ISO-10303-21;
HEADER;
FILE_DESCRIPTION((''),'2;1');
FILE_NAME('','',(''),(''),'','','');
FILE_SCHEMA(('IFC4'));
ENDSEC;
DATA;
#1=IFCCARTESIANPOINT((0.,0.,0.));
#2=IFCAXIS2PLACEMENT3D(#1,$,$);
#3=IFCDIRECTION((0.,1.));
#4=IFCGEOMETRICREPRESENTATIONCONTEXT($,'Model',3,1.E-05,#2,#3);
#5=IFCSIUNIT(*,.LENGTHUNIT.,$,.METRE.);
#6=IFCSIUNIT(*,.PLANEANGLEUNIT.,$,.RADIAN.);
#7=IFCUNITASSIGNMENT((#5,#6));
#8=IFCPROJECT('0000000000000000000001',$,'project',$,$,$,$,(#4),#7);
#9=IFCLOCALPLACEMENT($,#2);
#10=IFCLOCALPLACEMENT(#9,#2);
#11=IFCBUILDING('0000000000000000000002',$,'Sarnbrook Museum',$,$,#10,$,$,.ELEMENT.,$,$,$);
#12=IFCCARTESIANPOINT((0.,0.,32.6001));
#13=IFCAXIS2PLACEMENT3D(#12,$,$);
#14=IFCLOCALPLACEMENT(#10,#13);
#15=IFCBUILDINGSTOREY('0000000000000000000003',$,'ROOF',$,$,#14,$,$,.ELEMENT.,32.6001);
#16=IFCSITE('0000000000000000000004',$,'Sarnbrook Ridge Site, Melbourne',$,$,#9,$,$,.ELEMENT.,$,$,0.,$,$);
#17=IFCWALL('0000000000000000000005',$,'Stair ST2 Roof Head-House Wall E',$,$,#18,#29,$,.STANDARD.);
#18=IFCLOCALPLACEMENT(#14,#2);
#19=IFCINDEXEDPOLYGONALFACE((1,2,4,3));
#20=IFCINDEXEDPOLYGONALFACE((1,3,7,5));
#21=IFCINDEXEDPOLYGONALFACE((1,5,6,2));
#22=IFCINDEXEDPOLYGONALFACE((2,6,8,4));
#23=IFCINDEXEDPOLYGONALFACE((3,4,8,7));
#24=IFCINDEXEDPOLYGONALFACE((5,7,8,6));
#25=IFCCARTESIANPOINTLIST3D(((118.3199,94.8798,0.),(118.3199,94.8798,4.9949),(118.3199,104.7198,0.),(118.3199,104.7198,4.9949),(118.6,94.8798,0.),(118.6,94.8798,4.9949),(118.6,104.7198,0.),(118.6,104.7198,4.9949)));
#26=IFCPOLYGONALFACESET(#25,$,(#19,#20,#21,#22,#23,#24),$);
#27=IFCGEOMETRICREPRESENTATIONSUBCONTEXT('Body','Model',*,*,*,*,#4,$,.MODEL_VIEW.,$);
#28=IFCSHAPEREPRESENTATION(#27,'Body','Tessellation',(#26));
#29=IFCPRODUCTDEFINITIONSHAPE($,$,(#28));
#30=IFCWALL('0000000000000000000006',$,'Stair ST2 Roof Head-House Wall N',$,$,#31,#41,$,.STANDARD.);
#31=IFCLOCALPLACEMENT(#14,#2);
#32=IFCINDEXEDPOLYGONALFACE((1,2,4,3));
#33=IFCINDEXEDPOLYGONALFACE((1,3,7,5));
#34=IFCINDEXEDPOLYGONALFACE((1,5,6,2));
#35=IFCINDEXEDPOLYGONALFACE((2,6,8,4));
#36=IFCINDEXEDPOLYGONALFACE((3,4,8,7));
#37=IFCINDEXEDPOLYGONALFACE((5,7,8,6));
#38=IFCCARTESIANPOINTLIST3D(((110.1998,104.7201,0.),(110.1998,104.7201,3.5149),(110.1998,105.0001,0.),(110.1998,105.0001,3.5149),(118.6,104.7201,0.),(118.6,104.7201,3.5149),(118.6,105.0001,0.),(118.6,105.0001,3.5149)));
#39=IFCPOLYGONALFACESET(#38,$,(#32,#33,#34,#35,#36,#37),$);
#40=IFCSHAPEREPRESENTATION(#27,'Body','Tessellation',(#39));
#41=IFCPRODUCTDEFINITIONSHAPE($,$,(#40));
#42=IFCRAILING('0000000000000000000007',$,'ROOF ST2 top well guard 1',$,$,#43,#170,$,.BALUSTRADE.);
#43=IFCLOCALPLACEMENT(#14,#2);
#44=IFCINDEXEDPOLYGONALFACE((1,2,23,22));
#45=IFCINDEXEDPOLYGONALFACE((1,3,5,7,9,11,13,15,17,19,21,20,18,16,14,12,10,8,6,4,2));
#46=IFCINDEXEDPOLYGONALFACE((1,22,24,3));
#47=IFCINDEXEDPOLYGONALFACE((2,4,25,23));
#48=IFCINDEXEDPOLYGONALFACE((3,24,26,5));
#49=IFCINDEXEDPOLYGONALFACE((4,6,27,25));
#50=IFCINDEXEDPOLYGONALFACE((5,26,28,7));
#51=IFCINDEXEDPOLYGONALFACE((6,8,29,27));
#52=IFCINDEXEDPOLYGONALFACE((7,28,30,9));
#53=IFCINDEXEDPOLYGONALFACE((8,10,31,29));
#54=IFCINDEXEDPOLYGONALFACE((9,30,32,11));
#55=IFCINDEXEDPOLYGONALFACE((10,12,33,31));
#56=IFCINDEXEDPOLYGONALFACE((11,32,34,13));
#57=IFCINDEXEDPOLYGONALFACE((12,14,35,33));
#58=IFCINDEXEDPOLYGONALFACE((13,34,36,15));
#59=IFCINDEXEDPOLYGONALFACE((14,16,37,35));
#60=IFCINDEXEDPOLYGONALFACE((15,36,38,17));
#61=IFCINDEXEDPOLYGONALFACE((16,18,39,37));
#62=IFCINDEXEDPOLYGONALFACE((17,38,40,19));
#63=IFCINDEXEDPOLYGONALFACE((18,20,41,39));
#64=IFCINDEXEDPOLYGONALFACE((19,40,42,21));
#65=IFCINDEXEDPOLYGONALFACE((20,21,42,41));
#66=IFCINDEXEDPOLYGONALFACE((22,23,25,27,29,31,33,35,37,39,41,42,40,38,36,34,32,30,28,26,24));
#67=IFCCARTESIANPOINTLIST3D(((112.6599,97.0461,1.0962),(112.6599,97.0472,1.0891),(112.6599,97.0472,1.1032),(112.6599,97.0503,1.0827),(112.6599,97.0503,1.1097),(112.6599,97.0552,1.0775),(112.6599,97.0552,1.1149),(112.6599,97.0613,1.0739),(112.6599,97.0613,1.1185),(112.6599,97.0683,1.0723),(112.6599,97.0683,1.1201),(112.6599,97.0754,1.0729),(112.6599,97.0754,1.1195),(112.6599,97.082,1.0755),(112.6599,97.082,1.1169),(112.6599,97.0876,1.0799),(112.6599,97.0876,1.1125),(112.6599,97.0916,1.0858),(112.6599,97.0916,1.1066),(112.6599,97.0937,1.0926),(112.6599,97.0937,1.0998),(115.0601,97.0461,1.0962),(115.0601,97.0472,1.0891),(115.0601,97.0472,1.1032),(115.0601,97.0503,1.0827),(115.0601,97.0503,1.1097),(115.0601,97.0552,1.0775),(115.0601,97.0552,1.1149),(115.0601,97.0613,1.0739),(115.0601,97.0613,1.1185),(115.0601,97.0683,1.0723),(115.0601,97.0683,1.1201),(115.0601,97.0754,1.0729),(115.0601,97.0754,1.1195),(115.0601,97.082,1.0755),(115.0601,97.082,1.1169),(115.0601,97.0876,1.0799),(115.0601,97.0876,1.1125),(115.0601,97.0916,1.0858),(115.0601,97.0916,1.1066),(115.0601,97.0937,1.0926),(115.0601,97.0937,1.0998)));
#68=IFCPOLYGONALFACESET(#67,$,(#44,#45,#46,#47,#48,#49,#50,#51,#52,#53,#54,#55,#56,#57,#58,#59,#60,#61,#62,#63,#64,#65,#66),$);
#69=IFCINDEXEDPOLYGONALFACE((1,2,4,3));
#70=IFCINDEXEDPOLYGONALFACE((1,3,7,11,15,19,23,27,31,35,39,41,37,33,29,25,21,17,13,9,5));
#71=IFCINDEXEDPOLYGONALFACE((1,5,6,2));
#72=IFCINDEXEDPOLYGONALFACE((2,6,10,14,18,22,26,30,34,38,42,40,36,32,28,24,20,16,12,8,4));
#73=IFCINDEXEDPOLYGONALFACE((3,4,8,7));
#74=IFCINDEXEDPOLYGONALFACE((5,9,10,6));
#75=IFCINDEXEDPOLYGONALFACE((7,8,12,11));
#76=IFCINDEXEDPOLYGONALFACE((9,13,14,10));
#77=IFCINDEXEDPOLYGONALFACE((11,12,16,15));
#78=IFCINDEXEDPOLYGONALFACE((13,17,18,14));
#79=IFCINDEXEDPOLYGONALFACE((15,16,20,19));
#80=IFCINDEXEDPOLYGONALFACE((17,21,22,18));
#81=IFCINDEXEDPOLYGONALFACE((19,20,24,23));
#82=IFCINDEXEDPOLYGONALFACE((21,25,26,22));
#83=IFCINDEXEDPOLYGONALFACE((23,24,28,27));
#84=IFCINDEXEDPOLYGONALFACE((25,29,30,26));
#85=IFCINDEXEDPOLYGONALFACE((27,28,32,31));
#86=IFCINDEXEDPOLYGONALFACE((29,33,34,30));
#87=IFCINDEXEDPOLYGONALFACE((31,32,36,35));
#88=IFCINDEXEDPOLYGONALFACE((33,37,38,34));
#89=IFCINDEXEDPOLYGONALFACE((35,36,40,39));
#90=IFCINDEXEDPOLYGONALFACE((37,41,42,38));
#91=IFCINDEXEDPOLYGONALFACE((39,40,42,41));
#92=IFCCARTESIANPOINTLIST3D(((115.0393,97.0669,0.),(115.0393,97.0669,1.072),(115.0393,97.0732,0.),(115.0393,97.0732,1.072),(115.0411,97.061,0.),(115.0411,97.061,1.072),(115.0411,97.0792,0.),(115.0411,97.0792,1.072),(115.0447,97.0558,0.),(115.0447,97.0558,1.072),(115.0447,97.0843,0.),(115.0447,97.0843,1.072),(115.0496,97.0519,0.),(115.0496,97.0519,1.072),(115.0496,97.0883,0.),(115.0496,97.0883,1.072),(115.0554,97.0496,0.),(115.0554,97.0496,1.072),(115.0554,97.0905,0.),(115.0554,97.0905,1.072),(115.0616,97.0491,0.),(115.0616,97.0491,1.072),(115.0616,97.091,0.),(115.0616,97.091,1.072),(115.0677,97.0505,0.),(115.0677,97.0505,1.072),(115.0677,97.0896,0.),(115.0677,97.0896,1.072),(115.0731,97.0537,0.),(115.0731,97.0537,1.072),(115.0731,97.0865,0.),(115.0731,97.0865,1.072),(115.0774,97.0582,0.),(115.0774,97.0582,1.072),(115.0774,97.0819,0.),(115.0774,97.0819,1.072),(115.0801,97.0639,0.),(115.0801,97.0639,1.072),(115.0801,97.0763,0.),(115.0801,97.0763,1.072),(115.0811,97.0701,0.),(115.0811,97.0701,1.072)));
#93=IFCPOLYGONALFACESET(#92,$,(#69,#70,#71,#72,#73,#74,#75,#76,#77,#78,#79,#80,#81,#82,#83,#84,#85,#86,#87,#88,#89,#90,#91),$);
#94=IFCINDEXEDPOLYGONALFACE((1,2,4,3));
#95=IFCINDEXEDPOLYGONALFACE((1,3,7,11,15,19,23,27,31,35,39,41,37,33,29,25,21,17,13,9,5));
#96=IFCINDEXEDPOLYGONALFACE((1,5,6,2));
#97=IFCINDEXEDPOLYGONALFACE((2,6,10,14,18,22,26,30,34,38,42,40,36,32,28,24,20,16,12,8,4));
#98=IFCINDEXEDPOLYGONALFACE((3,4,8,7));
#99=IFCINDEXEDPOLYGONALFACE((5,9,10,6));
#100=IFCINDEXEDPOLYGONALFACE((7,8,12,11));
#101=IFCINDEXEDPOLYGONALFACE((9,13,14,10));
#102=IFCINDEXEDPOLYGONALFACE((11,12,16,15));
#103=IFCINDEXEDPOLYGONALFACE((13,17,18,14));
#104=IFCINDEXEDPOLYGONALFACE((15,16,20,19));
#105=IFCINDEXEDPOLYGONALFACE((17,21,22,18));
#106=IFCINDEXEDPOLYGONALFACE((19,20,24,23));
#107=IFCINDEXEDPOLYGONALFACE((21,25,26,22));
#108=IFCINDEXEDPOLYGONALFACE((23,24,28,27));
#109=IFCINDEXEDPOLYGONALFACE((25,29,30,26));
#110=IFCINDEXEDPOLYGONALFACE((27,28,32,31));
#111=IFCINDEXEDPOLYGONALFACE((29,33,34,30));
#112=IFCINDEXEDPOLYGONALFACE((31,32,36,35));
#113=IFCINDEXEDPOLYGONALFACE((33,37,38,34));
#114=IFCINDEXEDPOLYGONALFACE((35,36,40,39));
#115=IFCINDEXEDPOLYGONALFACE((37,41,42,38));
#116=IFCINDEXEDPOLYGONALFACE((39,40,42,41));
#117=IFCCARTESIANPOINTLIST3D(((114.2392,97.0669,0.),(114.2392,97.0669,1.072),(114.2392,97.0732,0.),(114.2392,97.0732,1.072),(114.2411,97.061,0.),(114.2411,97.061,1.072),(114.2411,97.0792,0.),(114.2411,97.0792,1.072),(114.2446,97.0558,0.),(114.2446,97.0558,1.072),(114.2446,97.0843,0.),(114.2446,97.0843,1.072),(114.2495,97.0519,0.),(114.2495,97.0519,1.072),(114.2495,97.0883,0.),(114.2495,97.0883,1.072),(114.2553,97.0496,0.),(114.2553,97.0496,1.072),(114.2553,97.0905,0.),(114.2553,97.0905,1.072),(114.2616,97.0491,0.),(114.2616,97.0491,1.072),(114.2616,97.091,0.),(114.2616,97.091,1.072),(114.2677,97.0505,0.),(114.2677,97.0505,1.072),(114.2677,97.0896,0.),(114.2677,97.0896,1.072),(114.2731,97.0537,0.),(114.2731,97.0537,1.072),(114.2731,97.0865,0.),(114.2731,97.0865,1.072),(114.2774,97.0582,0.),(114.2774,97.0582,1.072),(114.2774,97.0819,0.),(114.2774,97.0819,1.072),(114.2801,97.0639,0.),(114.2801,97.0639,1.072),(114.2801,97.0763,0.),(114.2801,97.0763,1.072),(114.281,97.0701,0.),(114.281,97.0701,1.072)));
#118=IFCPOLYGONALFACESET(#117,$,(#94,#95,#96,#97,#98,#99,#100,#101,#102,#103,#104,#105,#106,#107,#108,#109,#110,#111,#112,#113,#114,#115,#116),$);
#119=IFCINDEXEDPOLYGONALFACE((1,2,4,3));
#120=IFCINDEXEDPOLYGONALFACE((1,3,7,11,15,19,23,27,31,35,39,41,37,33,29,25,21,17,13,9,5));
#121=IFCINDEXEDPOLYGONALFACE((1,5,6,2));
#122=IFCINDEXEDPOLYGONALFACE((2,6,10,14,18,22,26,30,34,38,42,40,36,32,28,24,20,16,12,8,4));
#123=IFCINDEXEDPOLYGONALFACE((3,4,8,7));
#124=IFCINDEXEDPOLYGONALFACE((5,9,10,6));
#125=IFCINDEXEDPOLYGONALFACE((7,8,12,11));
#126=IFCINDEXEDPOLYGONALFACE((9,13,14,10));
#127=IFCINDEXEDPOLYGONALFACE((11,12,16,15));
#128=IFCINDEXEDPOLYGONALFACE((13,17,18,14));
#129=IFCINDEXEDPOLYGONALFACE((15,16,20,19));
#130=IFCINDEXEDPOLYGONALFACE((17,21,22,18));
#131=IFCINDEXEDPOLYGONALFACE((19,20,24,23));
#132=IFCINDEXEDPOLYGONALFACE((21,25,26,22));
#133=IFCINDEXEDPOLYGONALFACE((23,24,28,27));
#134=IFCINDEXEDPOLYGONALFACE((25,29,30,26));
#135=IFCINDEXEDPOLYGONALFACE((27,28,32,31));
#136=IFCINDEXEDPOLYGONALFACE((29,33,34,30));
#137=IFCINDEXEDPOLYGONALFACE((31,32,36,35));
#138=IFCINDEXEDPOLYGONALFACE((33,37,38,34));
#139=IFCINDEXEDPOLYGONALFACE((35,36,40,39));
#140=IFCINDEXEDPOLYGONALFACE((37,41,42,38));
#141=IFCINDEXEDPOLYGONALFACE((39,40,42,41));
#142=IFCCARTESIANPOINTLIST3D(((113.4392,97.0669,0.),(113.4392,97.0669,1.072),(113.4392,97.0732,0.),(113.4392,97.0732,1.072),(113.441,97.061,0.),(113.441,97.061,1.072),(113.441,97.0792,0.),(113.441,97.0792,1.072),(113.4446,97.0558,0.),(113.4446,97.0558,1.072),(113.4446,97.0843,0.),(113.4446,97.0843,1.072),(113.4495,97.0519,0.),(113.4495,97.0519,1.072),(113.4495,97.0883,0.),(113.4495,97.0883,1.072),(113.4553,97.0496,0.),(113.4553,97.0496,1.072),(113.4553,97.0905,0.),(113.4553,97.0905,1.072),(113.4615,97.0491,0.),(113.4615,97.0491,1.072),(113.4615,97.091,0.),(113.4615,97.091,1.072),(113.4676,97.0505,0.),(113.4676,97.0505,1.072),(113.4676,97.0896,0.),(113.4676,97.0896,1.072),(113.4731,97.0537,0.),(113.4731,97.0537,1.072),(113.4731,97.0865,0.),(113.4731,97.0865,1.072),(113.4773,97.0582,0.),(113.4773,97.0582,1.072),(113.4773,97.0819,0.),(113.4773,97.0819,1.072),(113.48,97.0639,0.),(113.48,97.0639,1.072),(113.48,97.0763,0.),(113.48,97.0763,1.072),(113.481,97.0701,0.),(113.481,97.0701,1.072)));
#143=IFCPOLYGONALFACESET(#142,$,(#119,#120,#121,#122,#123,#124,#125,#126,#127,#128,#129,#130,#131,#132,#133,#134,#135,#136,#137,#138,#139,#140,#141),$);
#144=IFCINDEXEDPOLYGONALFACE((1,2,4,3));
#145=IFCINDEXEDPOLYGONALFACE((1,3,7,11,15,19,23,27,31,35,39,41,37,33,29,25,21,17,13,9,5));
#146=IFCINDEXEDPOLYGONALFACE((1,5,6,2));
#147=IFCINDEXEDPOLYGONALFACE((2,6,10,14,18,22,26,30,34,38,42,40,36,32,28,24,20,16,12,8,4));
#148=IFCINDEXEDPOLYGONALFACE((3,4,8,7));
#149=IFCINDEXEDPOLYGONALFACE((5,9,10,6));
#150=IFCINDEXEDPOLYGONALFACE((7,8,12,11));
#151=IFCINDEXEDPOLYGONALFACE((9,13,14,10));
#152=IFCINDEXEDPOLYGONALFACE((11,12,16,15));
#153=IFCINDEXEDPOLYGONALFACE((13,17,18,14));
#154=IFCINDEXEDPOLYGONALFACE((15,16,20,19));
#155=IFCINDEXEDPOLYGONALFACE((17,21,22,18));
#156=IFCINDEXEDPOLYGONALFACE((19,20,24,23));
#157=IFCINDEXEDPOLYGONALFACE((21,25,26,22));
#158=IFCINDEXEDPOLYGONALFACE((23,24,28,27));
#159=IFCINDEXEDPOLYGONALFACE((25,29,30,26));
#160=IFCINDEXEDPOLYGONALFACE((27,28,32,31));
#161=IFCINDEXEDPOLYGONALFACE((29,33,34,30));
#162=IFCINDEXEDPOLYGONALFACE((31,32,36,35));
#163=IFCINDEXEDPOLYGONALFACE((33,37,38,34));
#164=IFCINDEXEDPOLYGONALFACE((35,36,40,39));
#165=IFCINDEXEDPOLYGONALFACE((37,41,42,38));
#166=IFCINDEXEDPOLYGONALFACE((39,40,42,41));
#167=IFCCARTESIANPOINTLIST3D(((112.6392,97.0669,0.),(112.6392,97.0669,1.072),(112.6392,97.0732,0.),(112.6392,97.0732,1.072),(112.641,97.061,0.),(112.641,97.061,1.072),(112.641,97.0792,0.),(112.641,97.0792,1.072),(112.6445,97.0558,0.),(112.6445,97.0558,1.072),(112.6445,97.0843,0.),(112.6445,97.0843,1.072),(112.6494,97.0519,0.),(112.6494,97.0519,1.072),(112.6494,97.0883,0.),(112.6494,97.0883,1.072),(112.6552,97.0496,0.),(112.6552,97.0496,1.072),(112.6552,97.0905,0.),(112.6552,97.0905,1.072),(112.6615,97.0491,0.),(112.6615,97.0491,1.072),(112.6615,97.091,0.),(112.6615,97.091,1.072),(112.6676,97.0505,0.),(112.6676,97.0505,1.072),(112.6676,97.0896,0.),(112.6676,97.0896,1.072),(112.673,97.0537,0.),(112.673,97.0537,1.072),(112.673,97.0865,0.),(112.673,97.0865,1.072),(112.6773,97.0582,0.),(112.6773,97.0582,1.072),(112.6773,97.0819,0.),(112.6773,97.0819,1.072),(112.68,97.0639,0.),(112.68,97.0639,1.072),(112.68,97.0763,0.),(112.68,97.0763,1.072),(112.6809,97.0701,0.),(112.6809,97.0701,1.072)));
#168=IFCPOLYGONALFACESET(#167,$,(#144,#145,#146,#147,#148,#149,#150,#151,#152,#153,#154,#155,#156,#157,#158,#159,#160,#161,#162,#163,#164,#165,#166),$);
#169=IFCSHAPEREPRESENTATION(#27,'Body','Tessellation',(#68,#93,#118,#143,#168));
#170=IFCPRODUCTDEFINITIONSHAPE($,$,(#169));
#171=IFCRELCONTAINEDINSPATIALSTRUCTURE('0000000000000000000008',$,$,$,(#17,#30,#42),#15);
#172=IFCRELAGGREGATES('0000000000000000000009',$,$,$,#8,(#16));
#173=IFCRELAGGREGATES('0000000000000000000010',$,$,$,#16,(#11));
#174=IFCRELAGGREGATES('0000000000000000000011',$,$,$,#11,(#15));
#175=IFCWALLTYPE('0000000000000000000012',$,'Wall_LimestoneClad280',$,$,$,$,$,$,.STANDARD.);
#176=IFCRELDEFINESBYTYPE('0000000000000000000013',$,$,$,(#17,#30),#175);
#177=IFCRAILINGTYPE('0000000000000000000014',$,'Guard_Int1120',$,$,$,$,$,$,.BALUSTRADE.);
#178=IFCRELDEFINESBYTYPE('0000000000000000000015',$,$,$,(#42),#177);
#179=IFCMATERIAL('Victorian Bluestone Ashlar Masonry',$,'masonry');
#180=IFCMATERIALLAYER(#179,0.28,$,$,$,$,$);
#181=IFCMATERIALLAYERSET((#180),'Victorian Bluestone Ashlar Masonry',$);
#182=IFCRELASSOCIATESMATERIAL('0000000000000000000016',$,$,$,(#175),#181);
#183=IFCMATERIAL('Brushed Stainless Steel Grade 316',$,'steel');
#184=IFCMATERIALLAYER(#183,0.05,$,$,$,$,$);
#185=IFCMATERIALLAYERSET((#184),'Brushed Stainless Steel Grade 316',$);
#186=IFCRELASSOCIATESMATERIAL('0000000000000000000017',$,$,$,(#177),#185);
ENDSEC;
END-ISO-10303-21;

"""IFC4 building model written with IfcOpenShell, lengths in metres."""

from ifc_helpers import new_model, si_unit, direction, frame, frame_2d, origin, origin_2d, place, context, subcontext, project, spatial, rectangle, circle, extrude, material, layer, layer_set, type_object, element, save


model = new_model("IFC4")

# Units and contexts
model_context = context("Model", 3, precision=1e-05, world=origin(), true_north=direction((0.0, 1.0)))
body_context = subcontext(model_context, "Body", "Model", "MODEL_VIEW")
ifc_project = project(units=[si_unit("LENGTHUNIT", "METRE"), si_unit("PLANEANGLEUNIT", "RADIAN")], contexts=[model_context])

# Site, building, storey
site_placement = place(None, origin())
site = spatial("IfcSite", under=ifc_project, at=site_placement, Name="Sarnbrook Ridge Site, Melbourne", CompositionType="ELEMENT", RefElevation=0.0)
building_placement = place(site_placement, origin())
building = spatial("IfcBuilding", under=site, at=building_placement, Name="Sarnbrook Museum", CompositionType="ELEMENT")
storey_placement = place(building_placement, frame((0.0, 0.0, 32.6001)))
storey = spatial("IfcBuildingStorey", under=building, at=storey_placement, Name="ROOF", CompositionType="ELEMENT", Elevation=32.6001)

# Shared definitions
ifc_material_1 = material(Name="Brushed Stainless Steel Grade 316", Category="steel")

# Shared definitions
ifc_material_2 = material(Name="Victorian Bluestone Ashlar Masonry", Category="masonry")
ifc_layer_1 = layer(ifc_material_2, 0.28)
ifc_layer_set_1 = layer_set([ifc_layer_1], Name="Victorian Bluestone Ashlar Masonry")
wall_type_1 = type_object("IfcWallType", Name="Wall_LimestoneClad280", PredefinedType="STANDARD", material=ifc_layer_set_1)

# Walls
wall_1_placement = place(storey_placement, frame((118.46, 94.8799, 0.0), z_axis=(0.0, 0.0, 1.0), x_axis=(0.0, 1.0, 0.0)))
element("IfcWall", 1, at=wall_1_placement, inside=storey, type_object=wall_type_1, Name="Stair ST2 Roof Head-House Wall E", PredefinedType="STANDARD", context=body_context, shape_type="SweptSolid", body=[
    extrude(rectangle(XDim=9.8401, YDim=0.28, at=frame_2d((4.9199, 0.0))), origin(), (0.0, 0.0, 1.0), 4.9949),
])
wall_2_placement = place(storey_placement, frame((118.6001, 104.8601, 0.0), z_axis=(0.0, 0.0, 1.0), x_axis=(-1.0, 0.0, 0.0)))
element("IfcWall", 2, at=wall_2_placement, inside=storey, type_object=wall_type_1, Name="Stair ST2 Roof Head-House Wall N", PredefinedType="STANDARD", context=body_context, shape_type="SweptSolid", body=[
    extrude(rectangle(XDim=8.4001, YDim=0.28, at=frame_2d((4.2002, 0.0))), origin(), (0.0, 0.0, 1.0), 3.5149),
])

# Railing
ifc_layer_2 = layer(ifc_material_1, 0.05)
ifc_layer_set_2 = layer_set([ifc_layer_2], Name="Brushed Stainless Steel Grade 316")
railing_type = type_object("IfcRailingType", Name="Guard_Int1120", PredefinedType="BALUSTRADE", material=ifc_layer_set_2)
railing_1_placement = place(storey_placement, frame((115.0601, 97.0701, 0.0)))
element("IfcRailing", 3, at=railing_1_placement, inside=storey, type_object=railing_type, Name="ROOF ST2 top well guard 1", PredefinedType="BALUSTRADE", context=body_context, shape_type="SweptSolid", body=[
    extrude(circle(Radius=0.0239, at=origin_2d()), frame((0.0, 0.0, 1.0962), z_axis=(-1.0, 0.0, 0.0), x_axis=(0.0, -1.0, 0.0)), (0.0, 0.0, 1.0), 2.4001),
    extrude(circle(Radius=0.021, at=origin_2d()), origin(), (0.0, 0.0, 1.0), 1.072),
    extrude(circle(Radius=0.021, at=origin_2d()), frame((-0.8, 0.0, 0.0)), (0.0, 0.0, 1.0), 1.072),
    extrude(circle(Radius=0.021, at=origin_2d()), frame((-1.6001, 0.0, 0.0)), (0.0, 0.0, 1.0), 1.072),
    extrude(circle(Radius=0.021, at=origin_2d()), frame((-2.4001, 0.0, 0.0)), (0.0, 0.0, 1.0), 1.072),
])

save(model, "model.ifc")
